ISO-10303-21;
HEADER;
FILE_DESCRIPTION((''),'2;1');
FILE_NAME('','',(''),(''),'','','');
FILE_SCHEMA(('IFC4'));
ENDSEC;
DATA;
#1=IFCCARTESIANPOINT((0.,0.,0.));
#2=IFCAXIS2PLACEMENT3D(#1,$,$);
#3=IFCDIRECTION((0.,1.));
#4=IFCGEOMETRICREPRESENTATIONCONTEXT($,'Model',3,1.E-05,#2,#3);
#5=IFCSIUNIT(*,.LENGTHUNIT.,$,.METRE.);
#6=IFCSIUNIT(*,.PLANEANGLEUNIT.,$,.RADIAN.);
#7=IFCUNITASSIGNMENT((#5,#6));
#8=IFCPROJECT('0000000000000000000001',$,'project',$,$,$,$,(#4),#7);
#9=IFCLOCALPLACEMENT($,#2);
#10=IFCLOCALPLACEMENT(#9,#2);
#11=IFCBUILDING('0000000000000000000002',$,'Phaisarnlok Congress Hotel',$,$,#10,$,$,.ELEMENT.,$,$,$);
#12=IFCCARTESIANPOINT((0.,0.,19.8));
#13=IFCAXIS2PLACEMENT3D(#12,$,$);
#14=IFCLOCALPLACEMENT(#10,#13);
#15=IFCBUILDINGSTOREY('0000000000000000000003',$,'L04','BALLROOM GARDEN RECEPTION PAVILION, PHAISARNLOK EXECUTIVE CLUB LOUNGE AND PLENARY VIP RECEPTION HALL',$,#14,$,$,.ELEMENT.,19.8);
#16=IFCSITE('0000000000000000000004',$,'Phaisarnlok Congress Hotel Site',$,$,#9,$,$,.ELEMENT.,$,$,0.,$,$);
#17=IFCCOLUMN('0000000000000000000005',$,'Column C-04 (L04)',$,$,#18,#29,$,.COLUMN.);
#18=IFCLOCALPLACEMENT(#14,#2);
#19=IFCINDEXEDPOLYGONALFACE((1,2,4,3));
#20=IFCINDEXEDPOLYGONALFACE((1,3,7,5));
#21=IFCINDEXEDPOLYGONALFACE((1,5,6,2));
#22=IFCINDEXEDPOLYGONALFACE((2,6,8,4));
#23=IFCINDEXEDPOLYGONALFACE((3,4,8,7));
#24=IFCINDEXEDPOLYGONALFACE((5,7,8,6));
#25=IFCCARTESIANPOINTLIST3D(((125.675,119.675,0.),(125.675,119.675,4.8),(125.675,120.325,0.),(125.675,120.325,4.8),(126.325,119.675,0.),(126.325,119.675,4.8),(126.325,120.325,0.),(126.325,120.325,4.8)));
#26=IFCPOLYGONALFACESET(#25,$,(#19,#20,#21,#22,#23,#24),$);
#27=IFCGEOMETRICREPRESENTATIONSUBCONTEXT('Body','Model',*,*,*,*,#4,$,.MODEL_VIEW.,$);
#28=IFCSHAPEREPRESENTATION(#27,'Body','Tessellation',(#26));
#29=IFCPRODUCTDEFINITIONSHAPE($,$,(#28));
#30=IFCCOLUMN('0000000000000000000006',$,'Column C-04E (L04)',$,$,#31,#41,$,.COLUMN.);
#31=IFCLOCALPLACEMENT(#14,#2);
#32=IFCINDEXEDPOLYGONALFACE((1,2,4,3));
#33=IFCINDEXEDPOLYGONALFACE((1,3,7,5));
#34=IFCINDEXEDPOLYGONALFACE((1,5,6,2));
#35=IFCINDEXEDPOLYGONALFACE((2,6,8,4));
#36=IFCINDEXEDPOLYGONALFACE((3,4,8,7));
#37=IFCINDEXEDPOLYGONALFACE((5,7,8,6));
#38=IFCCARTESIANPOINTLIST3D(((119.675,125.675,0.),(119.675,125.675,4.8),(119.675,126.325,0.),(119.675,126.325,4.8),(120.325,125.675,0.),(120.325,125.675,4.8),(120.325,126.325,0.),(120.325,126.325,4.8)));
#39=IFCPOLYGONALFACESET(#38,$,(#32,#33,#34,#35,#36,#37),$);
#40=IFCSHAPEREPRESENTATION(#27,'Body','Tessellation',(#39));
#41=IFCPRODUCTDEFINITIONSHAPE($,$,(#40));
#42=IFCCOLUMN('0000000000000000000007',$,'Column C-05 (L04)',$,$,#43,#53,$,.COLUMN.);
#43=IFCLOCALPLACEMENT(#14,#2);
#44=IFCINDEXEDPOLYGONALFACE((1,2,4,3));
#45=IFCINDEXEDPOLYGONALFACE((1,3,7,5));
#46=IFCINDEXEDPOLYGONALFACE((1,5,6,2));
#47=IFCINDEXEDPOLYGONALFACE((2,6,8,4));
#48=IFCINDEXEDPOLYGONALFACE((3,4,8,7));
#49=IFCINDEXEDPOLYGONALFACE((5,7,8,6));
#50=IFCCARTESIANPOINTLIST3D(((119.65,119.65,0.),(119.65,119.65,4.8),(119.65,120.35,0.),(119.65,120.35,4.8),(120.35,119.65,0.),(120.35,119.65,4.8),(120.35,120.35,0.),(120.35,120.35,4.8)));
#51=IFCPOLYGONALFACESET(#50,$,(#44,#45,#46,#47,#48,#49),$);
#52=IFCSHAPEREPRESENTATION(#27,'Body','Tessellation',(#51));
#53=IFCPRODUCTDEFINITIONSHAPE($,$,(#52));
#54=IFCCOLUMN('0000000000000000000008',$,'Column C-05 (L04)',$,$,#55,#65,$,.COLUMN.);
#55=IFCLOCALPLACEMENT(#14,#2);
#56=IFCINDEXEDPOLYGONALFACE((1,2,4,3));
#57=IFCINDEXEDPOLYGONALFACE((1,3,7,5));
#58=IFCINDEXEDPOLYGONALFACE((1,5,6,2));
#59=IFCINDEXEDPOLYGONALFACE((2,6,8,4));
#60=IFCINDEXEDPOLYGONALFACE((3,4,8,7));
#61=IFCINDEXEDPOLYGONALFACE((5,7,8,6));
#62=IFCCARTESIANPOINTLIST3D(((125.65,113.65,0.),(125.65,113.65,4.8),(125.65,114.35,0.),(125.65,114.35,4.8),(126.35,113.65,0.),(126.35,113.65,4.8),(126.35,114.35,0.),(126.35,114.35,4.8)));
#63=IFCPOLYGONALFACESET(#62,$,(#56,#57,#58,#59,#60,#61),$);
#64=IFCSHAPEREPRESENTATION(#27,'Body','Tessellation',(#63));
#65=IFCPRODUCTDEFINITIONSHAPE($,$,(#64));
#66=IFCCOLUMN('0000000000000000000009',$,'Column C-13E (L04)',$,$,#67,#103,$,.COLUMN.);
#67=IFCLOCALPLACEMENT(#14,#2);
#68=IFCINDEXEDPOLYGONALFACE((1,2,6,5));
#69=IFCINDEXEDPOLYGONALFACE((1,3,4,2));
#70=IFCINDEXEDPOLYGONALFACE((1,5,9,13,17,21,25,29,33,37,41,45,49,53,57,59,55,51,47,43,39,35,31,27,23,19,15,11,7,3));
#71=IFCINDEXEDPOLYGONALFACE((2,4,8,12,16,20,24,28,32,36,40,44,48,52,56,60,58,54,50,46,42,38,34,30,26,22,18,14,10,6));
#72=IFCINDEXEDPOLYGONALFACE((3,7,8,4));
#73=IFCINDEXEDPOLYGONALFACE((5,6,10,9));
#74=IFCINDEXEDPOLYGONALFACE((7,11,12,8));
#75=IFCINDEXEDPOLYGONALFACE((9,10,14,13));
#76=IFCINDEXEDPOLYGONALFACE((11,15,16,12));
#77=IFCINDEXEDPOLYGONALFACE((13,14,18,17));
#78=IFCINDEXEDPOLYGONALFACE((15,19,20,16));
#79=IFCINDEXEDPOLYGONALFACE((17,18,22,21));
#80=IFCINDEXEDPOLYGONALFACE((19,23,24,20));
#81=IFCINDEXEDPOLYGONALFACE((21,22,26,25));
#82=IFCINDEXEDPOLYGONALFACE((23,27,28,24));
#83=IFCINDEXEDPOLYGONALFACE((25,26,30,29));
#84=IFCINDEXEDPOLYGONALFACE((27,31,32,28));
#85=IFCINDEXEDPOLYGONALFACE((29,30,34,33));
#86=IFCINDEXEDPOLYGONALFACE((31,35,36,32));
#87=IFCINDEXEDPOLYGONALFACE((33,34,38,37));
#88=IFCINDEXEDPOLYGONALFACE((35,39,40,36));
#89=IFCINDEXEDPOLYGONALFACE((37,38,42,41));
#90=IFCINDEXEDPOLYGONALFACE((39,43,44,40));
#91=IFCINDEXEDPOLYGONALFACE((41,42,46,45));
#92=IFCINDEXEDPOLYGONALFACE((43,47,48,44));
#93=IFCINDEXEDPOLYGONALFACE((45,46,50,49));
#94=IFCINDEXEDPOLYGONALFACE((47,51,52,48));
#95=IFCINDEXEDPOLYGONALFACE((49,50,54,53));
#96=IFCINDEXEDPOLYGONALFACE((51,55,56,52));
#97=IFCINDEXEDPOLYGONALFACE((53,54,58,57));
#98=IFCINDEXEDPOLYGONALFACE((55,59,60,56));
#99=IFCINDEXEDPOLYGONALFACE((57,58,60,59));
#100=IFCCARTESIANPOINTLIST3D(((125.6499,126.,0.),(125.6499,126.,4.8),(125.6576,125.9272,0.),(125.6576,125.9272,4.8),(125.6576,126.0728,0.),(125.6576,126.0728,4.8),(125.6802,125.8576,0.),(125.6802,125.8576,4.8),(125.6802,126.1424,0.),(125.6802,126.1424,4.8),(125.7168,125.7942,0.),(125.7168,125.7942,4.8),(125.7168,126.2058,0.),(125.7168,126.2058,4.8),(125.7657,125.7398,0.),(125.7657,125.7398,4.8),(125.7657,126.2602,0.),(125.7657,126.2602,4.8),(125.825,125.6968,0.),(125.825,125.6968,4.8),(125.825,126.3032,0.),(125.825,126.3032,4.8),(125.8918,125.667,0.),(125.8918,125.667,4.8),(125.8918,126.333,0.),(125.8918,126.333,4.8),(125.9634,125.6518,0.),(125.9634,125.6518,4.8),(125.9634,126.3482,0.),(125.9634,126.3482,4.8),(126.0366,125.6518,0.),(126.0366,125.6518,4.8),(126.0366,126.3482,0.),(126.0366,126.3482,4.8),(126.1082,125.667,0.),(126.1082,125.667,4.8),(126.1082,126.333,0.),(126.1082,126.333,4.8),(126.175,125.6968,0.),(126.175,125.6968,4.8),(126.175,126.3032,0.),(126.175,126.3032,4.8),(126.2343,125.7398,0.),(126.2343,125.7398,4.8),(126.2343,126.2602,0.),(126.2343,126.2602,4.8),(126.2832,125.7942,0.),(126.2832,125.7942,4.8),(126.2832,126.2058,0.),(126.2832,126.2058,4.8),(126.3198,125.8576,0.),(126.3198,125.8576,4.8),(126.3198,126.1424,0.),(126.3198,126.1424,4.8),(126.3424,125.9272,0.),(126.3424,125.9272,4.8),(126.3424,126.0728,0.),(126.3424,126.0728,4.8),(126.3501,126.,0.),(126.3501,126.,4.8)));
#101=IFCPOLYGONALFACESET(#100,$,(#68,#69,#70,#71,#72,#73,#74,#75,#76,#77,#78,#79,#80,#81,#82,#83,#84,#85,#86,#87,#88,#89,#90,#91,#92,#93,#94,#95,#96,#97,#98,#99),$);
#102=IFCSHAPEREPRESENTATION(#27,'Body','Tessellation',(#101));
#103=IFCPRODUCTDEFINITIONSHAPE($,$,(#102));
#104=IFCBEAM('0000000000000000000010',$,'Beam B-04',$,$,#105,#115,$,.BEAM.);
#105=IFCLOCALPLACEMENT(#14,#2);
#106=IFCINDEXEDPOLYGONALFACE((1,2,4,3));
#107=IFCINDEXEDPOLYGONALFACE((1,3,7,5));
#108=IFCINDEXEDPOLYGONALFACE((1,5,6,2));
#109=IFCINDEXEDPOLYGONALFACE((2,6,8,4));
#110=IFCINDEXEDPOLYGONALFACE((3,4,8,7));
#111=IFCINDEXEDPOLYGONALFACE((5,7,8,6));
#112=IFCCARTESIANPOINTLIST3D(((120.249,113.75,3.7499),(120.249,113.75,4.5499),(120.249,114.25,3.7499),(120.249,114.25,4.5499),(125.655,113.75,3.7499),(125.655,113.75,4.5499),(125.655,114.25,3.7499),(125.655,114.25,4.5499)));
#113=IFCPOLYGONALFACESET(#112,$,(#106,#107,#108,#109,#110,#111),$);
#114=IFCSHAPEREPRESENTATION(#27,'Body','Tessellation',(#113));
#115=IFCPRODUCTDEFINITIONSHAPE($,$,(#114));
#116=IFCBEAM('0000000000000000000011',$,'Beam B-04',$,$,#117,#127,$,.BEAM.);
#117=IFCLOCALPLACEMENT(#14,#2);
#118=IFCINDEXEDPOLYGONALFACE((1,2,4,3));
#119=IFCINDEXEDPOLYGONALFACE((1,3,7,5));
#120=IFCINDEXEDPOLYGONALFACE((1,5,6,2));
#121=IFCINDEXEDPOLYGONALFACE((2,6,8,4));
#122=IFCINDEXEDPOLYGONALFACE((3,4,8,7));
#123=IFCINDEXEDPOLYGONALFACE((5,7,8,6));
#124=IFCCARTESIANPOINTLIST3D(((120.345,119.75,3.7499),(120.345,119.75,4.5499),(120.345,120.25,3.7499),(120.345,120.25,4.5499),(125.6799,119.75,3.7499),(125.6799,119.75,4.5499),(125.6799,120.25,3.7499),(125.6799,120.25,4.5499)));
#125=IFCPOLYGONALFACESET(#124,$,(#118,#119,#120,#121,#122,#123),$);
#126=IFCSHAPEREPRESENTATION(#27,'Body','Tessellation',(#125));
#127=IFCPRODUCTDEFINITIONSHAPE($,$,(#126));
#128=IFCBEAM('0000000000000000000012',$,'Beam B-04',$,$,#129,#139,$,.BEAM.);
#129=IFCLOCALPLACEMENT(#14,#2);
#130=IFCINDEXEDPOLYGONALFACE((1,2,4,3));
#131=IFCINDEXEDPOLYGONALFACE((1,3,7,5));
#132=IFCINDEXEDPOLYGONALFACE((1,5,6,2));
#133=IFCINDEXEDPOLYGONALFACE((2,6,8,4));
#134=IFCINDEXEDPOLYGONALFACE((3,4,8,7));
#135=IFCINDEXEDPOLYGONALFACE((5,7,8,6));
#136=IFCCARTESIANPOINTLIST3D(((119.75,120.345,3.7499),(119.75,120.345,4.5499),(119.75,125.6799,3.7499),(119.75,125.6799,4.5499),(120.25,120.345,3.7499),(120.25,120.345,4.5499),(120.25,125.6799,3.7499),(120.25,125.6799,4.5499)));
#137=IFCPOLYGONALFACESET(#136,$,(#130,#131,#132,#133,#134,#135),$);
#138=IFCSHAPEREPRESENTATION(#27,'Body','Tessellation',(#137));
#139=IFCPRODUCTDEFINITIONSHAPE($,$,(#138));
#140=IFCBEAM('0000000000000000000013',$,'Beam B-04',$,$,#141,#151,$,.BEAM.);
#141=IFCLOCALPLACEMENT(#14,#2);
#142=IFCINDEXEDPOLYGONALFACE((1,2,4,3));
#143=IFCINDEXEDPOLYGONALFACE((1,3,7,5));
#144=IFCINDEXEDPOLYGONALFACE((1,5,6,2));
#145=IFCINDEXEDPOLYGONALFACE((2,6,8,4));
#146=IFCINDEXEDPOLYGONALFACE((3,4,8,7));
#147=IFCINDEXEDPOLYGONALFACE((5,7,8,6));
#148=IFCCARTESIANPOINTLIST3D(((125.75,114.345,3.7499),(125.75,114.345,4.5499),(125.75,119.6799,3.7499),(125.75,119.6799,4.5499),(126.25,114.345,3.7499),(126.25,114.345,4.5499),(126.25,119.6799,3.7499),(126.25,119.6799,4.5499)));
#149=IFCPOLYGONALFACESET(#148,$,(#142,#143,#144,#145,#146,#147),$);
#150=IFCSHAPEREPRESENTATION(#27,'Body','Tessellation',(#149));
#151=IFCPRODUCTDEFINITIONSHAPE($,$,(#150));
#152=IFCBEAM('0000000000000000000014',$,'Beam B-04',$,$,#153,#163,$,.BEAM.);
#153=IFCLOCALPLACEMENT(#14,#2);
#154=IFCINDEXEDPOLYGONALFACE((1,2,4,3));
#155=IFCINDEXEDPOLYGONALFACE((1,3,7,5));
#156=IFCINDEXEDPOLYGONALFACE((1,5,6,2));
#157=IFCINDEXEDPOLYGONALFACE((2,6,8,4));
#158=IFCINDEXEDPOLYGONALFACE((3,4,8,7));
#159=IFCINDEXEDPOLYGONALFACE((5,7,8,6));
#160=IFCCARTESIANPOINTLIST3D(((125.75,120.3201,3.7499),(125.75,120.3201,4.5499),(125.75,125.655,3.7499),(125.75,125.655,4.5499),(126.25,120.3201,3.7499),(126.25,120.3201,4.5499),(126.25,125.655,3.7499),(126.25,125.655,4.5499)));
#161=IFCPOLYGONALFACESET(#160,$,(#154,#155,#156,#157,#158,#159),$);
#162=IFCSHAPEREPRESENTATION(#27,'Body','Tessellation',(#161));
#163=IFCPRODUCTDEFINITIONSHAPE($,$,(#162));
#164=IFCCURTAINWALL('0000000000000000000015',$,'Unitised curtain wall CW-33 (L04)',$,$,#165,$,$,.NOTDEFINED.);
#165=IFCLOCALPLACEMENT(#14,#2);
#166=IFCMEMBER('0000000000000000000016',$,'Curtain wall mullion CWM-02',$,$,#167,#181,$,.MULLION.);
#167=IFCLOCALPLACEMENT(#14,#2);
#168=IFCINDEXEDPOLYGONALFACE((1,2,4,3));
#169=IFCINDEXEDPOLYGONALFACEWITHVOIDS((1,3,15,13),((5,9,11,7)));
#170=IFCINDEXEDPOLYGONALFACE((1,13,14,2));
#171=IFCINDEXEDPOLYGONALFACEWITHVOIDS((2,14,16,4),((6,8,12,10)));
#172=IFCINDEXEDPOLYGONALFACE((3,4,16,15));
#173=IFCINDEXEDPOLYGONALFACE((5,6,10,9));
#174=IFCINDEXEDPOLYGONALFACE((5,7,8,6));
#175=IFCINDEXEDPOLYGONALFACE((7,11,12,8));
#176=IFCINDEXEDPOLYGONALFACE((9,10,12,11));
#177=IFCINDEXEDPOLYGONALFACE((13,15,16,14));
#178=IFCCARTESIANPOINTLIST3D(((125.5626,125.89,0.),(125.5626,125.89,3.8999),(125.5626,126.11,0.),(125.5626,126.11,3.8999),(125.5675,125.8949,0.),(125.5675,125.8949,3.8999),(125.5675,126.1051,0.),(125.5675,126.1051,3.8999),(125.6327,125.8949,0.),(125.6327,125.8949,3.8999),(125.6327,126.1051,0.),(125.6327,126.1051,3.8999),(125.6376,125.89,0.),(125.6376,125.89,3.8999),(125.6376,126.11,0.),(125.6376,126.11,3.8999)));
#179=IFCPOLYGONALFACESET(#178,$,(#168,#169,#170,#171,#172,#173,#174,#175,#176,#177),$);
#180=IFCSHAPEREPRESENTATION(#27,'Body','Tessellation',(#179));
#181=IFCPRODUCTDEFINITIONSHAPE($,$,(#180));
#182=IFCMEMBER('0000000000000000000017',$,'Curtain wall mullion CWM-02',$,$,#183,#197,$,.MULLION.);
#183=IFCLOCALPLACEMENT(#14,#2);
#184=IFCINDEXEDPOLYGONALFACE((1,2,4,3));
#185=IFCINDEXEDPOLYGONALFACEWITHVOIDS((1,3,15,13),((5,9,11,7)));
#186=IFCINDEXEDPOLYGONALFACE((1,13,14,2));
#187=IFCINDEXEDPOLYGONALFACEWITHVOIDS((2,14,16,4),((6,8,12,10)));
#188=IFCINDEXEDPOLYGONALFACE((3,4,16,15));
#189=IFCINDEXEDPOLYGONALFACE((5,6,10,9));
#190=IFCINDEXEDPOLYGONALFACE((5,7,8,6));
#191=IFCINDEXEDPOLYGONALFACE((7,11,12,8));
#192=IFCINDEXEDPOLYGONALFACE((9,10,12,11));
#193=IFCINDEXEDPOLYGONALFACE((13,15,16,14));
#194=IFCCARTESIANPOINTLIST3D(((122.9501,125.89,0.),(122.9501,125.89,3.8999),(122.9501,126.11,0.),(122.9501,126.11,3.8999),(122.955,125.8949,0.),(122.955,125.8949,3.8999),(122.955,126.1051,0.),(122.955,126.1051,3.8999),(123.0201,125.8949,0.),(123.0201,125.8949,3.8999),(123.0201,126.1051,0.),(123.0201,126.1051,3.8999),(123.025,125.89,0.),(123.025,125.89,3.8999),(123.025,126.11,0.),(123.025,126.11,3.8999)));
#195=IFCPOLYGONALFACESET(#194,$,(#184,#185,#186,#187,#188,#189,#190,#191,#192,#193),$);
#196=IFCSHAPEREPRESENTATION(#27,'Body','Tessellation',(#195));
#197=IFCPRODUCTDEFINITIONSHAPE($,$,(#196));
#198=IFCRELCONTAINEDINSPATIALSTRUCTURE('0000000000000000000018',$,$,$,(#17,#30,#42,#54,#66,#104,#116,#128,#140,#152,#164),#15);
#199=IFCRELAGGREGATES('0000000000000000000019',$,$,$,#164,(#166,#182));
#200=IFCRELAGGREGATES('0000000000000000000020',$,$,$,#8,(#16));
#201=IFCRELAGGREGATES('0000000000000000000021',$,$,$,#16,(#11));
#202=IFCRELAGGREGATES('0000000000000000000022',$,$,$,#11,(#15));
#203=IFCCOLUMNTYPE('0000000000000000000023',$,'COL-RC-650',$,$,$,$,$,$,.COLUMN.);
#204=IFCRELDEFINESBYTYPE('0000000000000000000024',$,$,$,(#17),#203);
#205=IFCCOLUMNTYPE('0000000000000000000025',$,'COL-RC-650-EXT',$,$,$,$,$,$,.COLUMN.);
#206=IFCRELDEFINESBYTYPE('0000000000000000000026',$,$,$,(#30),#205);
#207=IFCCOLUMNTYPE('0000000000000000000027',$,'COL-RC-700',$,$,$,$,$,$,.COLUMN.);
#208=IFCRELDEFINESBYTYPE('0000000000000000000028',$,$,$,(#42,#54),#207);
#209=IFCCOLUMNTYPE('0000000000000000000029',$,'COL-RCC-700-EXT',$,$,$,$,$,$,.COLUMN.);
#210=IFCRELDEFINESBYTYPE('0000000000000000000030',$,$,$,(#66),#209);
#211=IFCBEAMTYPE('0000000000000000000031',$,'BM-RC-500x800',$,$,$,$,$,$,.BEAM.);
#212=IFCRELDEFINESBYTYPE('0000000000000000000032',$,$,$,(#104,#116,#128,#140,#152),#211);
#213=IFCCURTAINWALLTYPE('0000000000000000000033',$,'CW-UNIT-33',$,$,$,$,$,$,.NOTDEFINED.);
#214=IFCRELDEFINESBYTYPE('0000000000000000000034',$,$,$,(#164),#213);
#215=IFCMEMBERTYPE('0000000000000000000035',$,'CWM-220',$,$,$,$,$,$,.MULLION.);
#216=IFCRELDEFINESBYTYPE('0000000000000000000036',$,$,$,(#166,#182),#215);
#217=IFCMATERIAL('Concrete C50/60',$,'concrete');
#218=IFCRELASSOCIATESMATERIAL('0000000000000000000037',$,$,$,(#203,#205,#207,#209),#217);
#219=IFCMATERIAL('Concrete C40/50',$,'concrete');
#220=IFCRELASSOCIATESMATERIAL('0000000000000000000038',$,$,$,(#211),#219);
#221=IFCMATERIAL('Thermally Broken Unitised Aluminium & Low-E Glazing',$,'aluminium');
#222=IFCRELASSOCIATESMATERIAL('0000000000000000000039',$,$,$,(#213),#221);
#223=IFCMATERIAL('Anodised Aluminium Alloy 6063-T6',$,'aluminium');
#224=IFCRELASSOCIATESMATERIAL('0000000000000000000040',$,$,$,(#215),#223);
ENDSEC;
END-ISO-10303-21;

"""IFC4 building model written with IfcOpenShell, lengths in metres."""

from ifc_helpers import new_model, si_unit, direction, frame, origin, origin_2d, place, context, subcontext, project, spatial, rectangle, hollow_rectangle, circle, extrude, material, material_profile, profile_set, type_object, element, aggregate, save


model = new_model("IFC4")

# Units and contexts
model_context = context("Model", 3, precision=1e-05, world=origin(), true_north=direction((0.0, 1.0)))
body_context = subcontext(model_context, "Body", "Model", "MODEL_VIEW")
ifc_project = project(units=[si_unit("LENGTHUNIT", "METRE"), si_unit("PLANEANGLEUNIT", "RADIAN")], contexts=[model_context])

# Site, building, storey
site_placement = place(None, origin())
site = spatial("IfcSite", under=ifc_project, at=site_placement, Name="Phaisarnlok Congress Hotel Site", CompositionType="ELEMENT", RefElevation=0.0)
building_placement = place(site_placement, origin())
building = spatial("IfcBuilding", under=site, at=building_placement, Name="Phaisarnlok Congress Hotel", CompositionType="ELEMENT")
storey_placement = place(building_placement, frame((0.0, 0.0, 19.8)))
storey = spatial("IfcBuildingStorey", under=building, at=storey_placement, Name="L04", Description="BALLROOM GARDEN RECEPTION PAVILION, PHAISARNLOK EXECUTIVE CLUB LOUNGE AND PLENARY VIP RECEPTION HALL", CompositionType="ELEMENT", Elevation=19.8)

# Columns
ifc_material_1 = material(Name="Concrete C50/60", Category="concrete")
ifc_material_profile_1 = material_profile(ifc_material_1, rectangle(XDim=0.6499, YDim=0.6499, at=origin_2d()), Name="RC 650x650")
ifc_profile_set_1 = profile_set([ifc_material_profile_1], Name="Concrete C50/60")
column_type_1 = type_object("IfcColumnType", Name="COL-RC-650", PredefinedType="COLUMN", material=ifc_profile_set_1)
column_1_placement = place(storey_placement, frame((126.0, 120.0, 0.0), z_axis=(0.0, 0.0, 1.0), x_axis=(1.0, 0.0, 0.0)))
element("IfcColumn", 1, at=column_1_placement, inside=storey, type_object=column_type_1, Name="Column C-04 (L04)", PredefinedType="COLUMN", context=body_context, shape_type="SweptSolid", body=[
    extrude(rectangle(XDim=0.6499, YDim=0.6499, at=origin_2d()), origin(), (0.0, 0.0, 1.0), 4.8),
])
ifc_material_profile_2 = material_profile(ifc_material_1, rectangle(XDim=0.6499, YDim=0.6499, at=origin_2d()), Name="RC 650x650")
ifc_profile_set_2 = profile_set([ifc_material_profile_2], Name="Concrete C50/60")
column_type_2 = type_object("IfcColumnType", Name="COL-RC-650-EXT", PredefinedType="COLUMN", material=ifc_profile_set_2)
column_2_placement = place(storey_placement, frame((120.0, 126.0, 0.0), z_axis=(0.0, 0.0, 1.0), x_axis=(1.0, 0.0, 0.0)))
element("IfcColumn", 2, at=column_2_placement, inside=storey, type_object=column_type_2, Name="Column C-04E (L04)", PredefinedType="COLUMN", context=body_context, shape_type="SweptSolid", body=[
    extrude(rectangle(XDim=0.6499, YDim=0.6499, at=origin_2d()), origin(), (0.0, 0.0, 1.0), 4.8),
])
ifc_material_profile_3 = material_profile(ifc_material_1, rectangle(XDim=0.7, YDim=0.7, at=origin_2d()), Name="RC 700x700")
ifc_profile_set_3 = profile_set([ifc_material_profile_3], Name="Concrete C50/60")
column_type_3 = type_object("IfcColumnType", Name="COL-RC-700", PredefinedType="COLUMN", material=ifc_profile_set_3)
for number, where, z_axis, x_axis, name in (
    (3, (120.0, 120.0, 0.0), (0.0, 0.0, 1.0), (1.0, 0.0, 0.0), "Column C-05 (L04)"),
    (4, (126.0, 114.0, 0.0), (0.0, 0.0, 1.0), (1.0, 0.0, 0.0), "Column C-05 (L04)"),
):
    element("IfcColumn", number, at=place(storey_placement, frame(where, z_axis=z_axis, x_axis=x_axis)), inside=storey, type_object=column_type_3, Name=name, PredefinedType="COLUMN", context=body_context, shape_type="SweptSolid", body=[
        extrude(rectangle(XDim=0.7, YDim=0.7, at=origin_2d()), origin(), (0.0, 0.0, 1.0), 4.8),
    ])
ifc_material_profile_4 = material_profile(ifc_material_1, circle(Radius=0.3501, at=origin_2d()), Name="RCC D700")
ifc_profile_set_4 = profile_set([ifc_material_profile_4], Name="Concrete C50/60")
column_type_4 = type_object("IfcColumnType", Name="COL-RCC-700-EXT", PredefinedType="COLUMN", material=ifc_profile_set_4)
column_3_placement = place(storey_placement, frame((126.0, 126.0, 0.0), z_axis=(0.0, 0.0, 1.0), x_axis=(1.0, 0.0, 0.0)))
element("IfcColumn", 5, at=column_3_placement, inside=storey, type_object=column_type_4, Name="Column C-13E (L04)", PredefinedType="COLUMN", context=body_context, shape_type="SweptSolid", body=[
    extrude(circle(Radius=0.3501, at=origin_2d()), origin(), (0.0, 0.0, 1.0), 4.8),
])

# Beams
ifc_material_2 = material(Name="Concrete C40/50", Category="concrete")
ifc_material_profile_5 = material_profile(ifc_material_2, rectangle(XDim=0.5, YDim=0.8, at=origin_2d()), Name="RC 500x800")
ifc_profile_set_5 = profile_set([ifc_material_profile_5], Name="Concrete C40/50")
beam_type_1 = type_object("IfcBeamType", Name="BM-RC-500x800", PredefinedType="BEAM", material=ifc_profile_set_5)
beam_1_placement = place(storey_placement, frame((120.249, 114.0, 4.1499), z_axis=(1.0, 0.0, 0.0), x_axis=(0.0, 1.0, 0.0)))
element("IfcBeam", 6, at=beam_1_placement, inside=storey, type_object=beam_type_1, Name="Beam B-04", PredefinedType="BEAM", context=body_context, shape_type="SweptSolid", body=[
    extrude(rectangle(XDim=0.5, YDim=0.8, at=origin_2d()), origin(), (0.0, 0.0, 1.0), 5.406),
])
for number, where, z_axis, x_axis, name in (
    (7, (120.345, 120.0, 4.1499), (1.0, 0.0, 0.0), (0.0, 1.0, 0.0), "Beam B-04"),
    (8, (120.0, 120.345, 4.1499), (0.0, 1.0, 0.0), (-1.0, 0.0, 0.0), "Beam B-04"),
    (9, (126.0, 114.345, 4.1499), (0.0, 1.0, 0.0), (-1.0, 0.0, 0.0), "Beam B-04"),
    (10, (126.0, 120.3201, 4.1499), (0.0, 1.0, 0.0), (-1.0, 0.0, 0.0), "Beam B-04"),
):
    element("IfcBeam", number, at=place(storey_placement, frame(where, z_axis=z_axis, x_axis=x_axis)), inside=storey, type_object=beam_type_1, Name=name, PredefinedType="BEAM", context=body_context, shape_type="SweptSolid", body=[
        extrude(rectangle(XDim=0.5, YDim=0.8, at=origin_2d()), origin(), (0.0, 0.0, 1.0), 5.335),
    ])

# Curtain wall, members
ifc_material_3 = material(Name="Thermally Broken Unitised Aluminium & Low-E Glazing", Category="aluminium")
curtain_wall_type = type_object("IfcCurtainWallType", Name="CW-UNIT-33", PredefinedType="NOTDEFINED", material=ifc_material_3)
curtain_wall_placement = place(storey_placement, origin())
curtain_wall = element("IfcCurtainWall", 11, at=curtain_wall_placement, inside=storey, type_object=curtain_wall_type, Name="Unitised curtain wall CW-33 (L04)", PredefinedType="NOTDEFINED")
ifc_material_4 = material(Name="Anodised Aluminium Alloy 6063-T6", Category="aluminium")
ifc_material_profile_6 = material_profile(ifc_material_4, hollow_rectangle(XDim=0.075, YDim=0.22, WallThickness=0.0049, at=origin_2d()), Name="ALU-M 75x220x5")
ifc_profile_set_6 = profile_set([ifc_material_profile_6], Name="Anodised Aluminium Alloy 6063-T6")
member_type_1 = type_object("IfcMemberType", Name="CWM-220", PredefinedType="MULLION", material=ifc_profile_set_6)
member_1_placement = place(storey_placement, frame((125.6001, 126.0, 0.0), z_axis=(0.0, 0.0, 1.0), x_axis=(-1.0, 0.0, 0.0)))
member_1 = element("IfcMember", 12, at=member_1_placement, type_object=member_type_1, Name="Curtain wall mullion CWM-02", PredefinedType="MULLION", context=body_context, shape_type="SweptSolid", body=[
    extrude(hollow_rectangle(XDim=0.075, YDim=0.22, WallThickness=0.0049, at=origin_2d()), origin(), (0.0, 0.0, 1.0), 3.8999),
])
member_2_placement = place(storey_placement, frame((122.9875, 126.0, 0.0), z_axis=(0.0, 0.0, 1.0), x_axis=(-1.0, 0.0, 0.0)))
member_2 = element("IfcMember", 13, at=member_2_placement, type_object=member_type_1, Name="Curtain wall mullion CWM-02", PredefinedType="MULLION", context=body_context, shape_type="SweptSolid", body=[
    extrude(hollow_rectangle(XDim=0.075, YDim=0.22, WallThickness=0.0049, at=origin_2d()), origin(), (0.0, 0.0, 1.0), 3.8999),
])

aggregate(curtain_wall, [member_1, member_2])

save(model, "model.ifc")
